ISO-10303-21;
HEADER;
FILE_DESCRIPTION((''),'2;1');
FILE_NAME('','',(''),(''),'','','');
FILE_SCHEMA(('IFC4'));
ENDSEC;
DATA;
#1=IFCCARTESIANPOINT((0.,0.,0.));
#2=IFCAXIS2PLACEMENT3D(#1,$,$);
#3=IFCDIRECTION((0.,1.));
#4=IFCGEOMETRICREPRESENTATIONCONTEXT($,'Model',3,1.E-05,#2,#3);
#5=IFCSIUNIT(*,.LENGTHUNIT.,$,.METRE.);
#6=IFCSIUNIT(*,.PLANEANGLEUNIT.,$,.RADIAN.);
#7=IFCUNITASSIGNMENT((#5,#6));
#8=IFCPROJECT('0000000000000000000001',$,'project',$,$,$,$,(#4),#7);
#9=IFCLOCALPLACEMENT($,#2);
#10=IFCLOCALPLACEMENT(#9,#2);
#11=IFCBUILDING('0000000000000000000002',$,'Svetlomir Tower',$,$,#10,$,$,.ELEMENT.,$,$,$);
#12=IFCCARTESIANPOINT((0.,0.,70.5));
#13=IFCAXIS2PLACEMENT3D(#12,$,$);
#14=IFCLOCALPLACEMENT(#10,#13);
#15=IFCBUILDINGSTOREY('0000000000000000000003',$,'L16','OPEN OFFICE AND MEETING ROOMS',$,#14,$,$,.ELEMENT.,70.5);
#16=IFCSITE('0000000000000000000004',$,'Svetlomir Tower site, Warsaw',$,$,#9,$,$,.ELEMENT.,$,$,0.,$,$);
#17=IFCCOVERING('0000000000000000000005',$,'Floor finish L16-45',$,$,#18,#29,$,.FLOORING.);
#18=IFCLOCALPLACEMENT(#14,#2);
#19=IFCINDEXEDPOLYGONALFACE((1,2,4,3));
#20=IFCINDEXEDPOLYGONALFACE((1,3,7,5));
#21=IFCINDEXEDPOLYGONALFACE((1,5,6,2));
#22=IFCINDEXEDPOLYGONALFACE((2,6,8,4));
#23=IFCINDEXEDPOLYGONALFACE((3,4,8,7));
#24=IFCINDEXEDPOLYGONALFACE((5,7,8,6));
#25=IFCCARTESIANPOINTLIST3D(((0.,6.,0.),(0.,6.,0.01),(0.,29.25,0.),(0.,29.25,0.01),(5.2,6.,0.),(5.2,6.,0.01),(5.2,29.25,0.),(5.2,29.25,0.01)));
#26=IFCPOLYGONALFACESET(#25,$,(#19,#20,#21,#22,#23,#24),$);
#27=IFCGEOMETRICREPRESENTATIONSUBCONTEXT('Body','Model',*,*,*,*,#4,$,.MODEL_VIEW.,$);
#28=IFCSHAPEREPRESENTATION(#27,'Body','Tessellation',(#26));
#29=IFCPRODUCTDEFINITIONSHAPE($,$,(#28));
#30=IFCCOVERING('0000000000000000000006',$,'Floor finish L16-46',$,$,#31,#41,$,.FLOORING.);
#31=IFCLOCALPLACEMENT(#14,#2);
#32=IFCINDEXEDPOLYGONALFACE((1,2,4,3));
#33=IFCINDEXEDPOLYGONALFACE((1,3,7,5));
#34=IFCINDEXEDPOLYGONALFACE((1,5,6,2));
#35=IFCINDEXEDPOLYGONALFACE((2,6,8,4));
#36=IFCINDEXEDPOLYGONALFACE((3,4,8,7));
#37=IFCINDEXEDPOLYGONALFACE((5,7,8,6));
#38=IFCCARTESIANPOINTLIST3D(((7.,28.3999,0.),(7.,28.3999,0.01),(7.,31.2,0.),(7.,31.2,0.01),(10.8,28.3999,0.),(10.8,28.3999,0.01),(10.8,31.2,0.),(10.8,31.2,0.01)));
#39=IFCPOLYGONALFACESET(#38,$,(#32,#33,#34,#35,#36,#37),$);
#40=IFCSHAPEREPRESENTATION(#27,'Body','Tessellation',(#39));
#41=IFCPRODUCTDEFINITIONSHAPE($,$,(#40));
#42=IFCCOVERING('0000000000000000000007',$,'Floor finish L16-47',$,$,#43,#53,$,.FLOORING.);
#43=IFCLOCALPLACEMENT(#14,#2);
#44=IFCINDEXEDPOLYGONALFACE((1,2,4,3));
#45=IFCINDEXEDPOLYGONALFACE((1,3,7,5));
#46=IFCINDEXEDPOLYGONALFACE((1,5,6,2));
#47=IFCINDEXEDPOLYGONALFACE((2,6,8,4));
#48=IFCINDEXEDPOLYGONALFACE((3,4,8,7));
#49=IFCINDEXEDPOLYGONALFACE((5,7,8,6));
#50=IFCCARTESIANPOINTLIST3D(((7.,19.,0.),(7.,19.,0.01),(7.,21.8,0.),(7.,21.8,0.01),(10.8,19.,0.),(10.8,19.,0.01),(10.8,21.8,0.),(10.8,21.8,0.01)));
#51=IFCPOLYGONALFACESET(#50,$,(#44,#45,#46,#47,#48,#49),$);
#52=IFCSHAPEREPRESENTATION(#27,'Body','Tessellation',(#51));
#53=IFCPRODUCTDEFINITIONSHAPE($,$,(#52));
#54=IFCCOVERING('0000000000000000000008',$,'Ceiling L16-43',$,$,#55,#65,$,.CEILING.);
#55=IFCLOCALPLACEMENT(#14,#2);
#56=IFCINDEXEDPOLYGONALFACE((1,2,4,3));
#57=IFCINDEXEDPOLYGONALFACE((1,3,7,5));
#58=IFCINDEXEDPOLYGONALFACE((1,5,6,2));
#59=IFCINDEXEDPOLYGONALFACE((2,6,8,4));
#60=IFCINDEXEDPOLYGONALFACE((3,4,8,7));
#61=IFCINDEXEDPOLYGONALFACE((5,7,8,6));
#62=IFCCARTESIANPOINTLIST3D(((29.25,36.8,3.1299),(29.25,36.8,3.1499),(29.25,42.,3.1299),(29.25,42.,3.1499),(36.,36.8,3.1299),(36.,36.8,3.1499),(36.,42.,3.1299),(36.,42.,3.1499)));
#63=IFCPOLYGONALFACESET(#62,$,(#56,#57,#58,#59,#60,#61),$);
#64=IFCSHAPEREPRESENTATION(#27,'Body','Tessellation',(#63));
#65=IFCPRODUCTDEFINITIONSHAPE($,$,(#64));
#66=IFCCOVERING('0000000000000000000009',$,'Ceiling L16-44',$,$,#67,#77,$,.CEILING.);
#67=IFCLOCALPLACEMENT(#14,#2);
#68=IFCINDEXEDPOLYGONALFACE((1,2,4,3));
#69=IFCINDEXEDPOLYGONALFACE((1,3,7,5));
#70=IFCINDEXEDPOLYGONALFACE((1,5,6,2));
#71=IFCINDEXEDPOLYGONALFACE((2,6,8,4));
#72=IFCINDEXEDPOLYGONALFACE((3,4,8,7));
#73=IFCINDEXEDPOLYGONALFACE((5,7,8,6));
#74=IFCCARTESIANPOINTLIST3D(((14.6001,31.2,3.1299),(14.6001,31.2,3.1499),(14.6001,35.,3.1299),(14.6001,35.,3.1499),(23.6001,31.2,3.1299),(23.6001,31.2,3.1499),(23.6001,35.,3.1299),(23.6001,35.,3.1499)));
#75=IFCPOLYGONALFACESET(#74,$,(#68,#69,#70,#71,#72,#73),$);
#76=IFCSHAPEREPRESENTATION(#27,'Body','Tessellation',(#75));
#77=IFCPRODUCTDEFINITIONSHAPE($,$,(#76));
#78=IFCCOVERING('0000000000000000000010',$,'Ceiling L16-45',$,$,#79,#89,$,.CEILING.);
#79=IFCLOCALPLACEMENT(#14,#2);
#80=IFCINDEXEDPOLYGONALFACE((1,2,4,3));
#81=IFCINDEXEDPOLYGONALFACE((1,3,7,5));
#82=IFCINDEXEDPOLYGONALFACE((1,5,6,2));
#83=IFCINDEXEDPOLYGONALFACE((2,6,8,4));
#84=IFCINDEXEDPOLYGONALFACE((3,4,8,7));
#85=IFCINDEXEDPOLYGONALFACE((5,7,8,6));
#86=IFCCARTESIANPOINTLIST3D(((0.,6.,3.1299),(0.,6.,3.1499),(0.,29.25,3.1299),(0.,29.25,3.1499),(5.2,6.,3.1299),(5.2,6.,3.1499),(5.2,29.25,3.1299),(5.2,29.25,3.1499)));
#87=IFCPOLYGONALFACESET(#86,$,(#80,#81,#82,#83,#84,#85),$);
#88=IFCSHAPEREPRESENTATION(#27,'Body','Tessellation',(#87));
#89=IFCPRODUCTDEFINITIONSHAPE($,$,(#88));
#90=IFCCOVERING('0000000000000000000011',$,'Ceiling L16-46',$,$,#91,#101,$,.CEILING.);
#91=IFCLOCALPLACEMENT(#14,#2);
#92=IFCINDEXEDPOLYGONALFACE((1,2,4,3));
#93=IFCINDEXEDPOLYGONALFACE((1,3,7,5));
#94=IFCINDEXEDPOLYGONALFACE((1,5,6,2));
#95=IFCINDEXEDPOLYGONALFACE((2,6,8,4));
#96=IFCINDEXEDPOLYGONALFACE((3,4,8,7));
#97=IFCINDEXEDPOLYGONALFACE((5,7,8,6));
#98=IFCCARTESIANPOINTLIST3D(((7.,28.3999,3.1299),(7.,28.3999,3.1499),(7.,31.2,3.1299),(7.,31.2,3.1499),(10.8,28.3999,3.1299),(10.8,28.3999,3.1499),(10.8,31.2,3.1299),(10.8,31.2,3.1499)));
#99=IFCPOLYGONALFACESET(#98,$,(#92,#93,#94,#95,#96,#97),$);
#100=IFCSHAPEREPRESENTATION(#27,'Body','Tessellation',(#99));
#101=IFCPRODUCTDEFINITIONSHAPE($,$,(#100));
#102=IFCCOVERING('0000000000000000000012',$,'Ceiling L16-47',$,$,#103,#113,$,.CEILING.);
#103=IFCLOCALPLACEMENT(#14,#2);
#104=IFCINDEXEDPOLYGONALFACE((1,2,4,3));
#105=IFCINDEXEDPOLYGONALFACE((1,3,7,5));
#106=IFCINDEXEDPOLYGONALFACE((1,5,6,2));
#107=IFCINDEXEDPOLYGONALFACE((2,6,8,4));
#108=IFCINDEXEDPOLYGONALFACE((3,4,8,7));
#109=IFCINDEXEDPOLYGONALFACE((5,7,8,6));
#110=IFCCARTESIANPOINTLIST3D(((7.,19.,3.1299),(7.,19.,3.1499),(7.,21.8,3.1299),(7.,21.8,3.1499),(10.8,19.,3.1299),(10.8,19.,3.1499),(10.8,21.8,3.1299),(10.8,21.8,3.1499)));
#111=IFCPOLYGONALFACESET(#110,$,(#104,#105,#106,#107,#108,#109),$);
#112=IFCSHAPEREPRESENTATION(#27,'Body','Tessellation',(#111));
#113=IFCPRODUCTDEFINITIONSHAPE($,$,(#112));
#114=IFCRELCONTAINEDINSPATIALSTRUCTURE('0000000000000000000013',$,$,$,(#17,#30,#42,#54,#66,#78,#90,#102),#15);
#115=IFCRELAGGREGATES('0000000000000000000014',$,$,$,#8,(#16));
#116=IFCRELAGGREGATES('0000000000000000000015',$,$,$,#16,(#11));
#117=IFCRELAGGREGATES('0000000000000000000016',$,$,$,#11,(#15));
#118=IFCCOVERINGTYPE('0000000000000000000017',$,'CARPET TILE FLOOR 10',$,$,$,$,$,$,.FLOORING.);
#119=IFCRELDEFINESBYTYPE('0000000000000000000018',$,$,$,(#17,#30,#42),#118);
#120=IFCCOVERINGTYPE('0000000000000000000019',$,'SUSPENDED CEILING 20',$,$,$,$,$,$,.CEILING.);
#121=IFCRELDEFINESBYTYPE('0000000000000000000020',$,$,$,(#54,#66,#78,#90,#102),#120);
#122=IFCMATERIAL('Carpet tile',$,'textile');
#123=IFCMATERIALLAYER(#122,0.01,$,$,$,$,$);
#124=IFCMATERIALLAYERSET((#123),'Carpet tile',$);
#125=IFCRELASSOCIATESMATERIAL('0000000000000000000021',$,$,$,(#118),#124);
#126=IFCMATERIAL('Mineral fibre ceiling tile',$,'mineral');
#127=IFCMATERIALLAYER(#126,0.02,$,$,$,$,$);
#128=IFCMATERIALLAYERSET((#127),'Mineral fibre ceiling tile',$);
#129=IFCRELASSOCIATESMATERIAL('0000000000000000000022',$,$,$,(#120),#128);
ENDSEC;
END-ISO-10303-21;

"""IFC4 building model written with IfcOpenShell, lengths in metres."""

from ifc_helpers import new_model, si_unit, direction, frame, origin, place, context, subcontext, project, spatial, polyline, outline, extrude, material, layer, layer_set, type_object, element, save


model = new_model("IFC4")

# Units and contexts
model_context = context("Model", 3, precision=1e-05, world=origin(), true_north=direction((0.0, 1.0)))
body_context = subcontext(model_context, "Body", "Model", "MODEL_VIEW")
ifc_project = project(units=[si_unit("LENGTHUNIT", "METRE"), si_unit("PLANEANGLEUNIT", "RADIAN")], contexts=[model_context])

# Site, building, storey
site_placement = place(None, origin())
site = spatial("IfcSite", under=ifc_project, at=site_placement, Name="Svetlomir Tower site, Warsaw", CompositionType="ELEMENT", RefElevation=0.0)
building_placement = place(site_placement, origin())
building = spatial("IfcBuilding", under=site, at=building_placement, Name="Svetlomir Tower", CompositionType="ELEMENT")
storey_placement = place(building_placement, frame((0.0, 0.0, 70.5)))
storey = spatial("IfcBuildingStorey", under=building, at=storey_placement, Name="L16", Description="OPEN OFFICE AND MEETING ROOMS", CompositionType="ELEMENT", Elevation=70.5)

# Coverings
ifc_material_1 = material(Name="Carpet tile", Category="textile")
ifc_layer_1 = layer(ifc_material_1, 0.01)
ifc_layer_set_1 = layer_set([ifc_layer_1], Name="Carpet tile")
covering_type_1 = type_object("IfcCoveringType", Name="CARPET TILE FLOOR 10", PredefinedType="FLOORING", material=ifc_layer_set_1)
covering_1_placement = place(storey_placement, origin())
element("IfcCovering", 1, at=covering_1_placement, inside=storey, type_object=covering_type_1, Name="Floor finish L16-45", PredefinedType="FLOORING", context=body_context, shape_type="SweptSolid", body=[
    extrude(outline(polyline([(0.0, 29.25), (5.2, 29.25), (5.2, 6.0), (0.0, 6.0), (0.0, 29.25)])), origin(), (0.0, 0.0, 1.0), 0.01),
])
covering_2_placement = place(storey_placement, origin())
element("IfcCovering", 2, at=covering_2_placement, inside=storey, type_object=covering_type_1, Name="Floor finish L16-46", PredefinedType="FLOORING", context=body_context, shape_type="SweptSolid", body=[
    extrude(outline(polyline([(7.0, 28.3999), (7.0, 31.2), (10.8, 31.2), (10.8, 28.3999), (7.0, 28.3999)])), origin(), (0.0, 0.0, 1.0), 0.01),
])
covering_3_placement = place(storey_placement, origin())
element("IfcCovering", 3, at=covering_3_placement, inside=storey, type_object=covering_type_1, Name="Floor finish L16-47", PredefinedType="FLOORING", context=body_context, shape_type="SweptSolid", body=[
    extrude(outline(polyline([(7.0, 19.0), (7.0, 21.8), (10.8, 21.8), (10.8, 19.0), (7.0, 19.0)])), origin(), (0.0, 0.0, 1.0), 0.01),
])
ifc_material_2 = material(Name="Mineral fibre ceiling tile", Category="mineral")
ifc_layer_2 = layer(ifc_material_2, 0.02)
ifc_layer_set_2 = layer_set([ifc_layer_2], Name="Mineral fibre ceiling tile")
covering_type_2 = type_object("IfcCoveringType", Name="SUSPENDED CEILING 20", PredefinedType="CEILING", material=ifc_layer_set_2)
covering_4_placement = place(storey_placement, frame((0.0, 0.0, 3.1299)))
element("IfcCovering", 4, at=covering_4_placement, inside=storey, type_object=covering_type_2, Name="Ceiling L16-43", PredefinedType="CEILING", context=body_context, shape_type="SweptSolid", body=[
    extrude(outline(polyline([(36.0, 42.0), (36.0, 36.8), (29.25, 36.8), (29.25, 42.0), (36.0, 42.0)])), origin(), (0.0, 0.0, 1.0), 0.02),
])
covering_5_placement = place(storey_placement, frame((0.0, 0.0, 3.1299)))
element("IfcCovering", 5, at=covering_5_placement, inside=storey, type_object=covering_type_2, Name="Ceiling L16-44", PredefinedType="CEILING", context=body_context, shape_type="SweptSolid", body=[
    extrude(outline(polyline([(14.6001, 31.2), (14.6001, 35.0), (23.6001, 35.0), (23.6001, 31.2), (14.6001, 31.2)])), origin(), (0.0, 0.0, 1.0), 0.02),
])
covering_6_placement = place(storey_placement, frame((0.0, 0.0, 3.1299)))
element("IfcCovering", 6, at=covering_6_placement, inside=storey, type_object=covering_type_2, Name="Ceiling L16-45", PredefinedType="CEILING", context=body_context, shape_type="SweptSolid", body=[
    extrude(outline(polyline([(0.0, 29.25), (5.2, 29.25), (5.2, 6.0), (0.0, 6.0), (0.0, 29.25)])), origin(), (0.0, 0.0, 1.0), 0.02),
])
covering_7_placement = place(storey_placement, frame((0.0, 0.0, 3.1299)))
element("IfcCovering", 7, at=covering_7_placement, inside=storey, type_object=covering_type_2, Name="Ceiling L16-46", PredefinedType="CEILING", context=body_context, shape_type="SweptSolid", body=[
    extrude(outline(polyline([(7.0, 28.3999), (7.0, 31.2), (10.8, 31.2), (10.8, 28.3999), (7.0, 28.3999)])), origin(), (0.0, 0.0, 1.0), 0.02),
])
covering_8_placement = place(storey_placement, frame((0.0, 0.0, 3.1299)))
element("IfcCovering", 8, at=covering_8_placement, inside=storey, type_object=covering_type_2, Name="Ceiling L16-47", PredefinedType="CEILING", context=body_context, shape_type="SweptSolid", body=[
    extrude(outline(polyline([(7.0, 19.0), (7.0, 21.8), (10.8, 21.8), (10.8, 19.0), (7.0, 19.0)])), origin(), (0.0, 0.0, 1.0), 0.02),
])

save(model, "model.ifc")
